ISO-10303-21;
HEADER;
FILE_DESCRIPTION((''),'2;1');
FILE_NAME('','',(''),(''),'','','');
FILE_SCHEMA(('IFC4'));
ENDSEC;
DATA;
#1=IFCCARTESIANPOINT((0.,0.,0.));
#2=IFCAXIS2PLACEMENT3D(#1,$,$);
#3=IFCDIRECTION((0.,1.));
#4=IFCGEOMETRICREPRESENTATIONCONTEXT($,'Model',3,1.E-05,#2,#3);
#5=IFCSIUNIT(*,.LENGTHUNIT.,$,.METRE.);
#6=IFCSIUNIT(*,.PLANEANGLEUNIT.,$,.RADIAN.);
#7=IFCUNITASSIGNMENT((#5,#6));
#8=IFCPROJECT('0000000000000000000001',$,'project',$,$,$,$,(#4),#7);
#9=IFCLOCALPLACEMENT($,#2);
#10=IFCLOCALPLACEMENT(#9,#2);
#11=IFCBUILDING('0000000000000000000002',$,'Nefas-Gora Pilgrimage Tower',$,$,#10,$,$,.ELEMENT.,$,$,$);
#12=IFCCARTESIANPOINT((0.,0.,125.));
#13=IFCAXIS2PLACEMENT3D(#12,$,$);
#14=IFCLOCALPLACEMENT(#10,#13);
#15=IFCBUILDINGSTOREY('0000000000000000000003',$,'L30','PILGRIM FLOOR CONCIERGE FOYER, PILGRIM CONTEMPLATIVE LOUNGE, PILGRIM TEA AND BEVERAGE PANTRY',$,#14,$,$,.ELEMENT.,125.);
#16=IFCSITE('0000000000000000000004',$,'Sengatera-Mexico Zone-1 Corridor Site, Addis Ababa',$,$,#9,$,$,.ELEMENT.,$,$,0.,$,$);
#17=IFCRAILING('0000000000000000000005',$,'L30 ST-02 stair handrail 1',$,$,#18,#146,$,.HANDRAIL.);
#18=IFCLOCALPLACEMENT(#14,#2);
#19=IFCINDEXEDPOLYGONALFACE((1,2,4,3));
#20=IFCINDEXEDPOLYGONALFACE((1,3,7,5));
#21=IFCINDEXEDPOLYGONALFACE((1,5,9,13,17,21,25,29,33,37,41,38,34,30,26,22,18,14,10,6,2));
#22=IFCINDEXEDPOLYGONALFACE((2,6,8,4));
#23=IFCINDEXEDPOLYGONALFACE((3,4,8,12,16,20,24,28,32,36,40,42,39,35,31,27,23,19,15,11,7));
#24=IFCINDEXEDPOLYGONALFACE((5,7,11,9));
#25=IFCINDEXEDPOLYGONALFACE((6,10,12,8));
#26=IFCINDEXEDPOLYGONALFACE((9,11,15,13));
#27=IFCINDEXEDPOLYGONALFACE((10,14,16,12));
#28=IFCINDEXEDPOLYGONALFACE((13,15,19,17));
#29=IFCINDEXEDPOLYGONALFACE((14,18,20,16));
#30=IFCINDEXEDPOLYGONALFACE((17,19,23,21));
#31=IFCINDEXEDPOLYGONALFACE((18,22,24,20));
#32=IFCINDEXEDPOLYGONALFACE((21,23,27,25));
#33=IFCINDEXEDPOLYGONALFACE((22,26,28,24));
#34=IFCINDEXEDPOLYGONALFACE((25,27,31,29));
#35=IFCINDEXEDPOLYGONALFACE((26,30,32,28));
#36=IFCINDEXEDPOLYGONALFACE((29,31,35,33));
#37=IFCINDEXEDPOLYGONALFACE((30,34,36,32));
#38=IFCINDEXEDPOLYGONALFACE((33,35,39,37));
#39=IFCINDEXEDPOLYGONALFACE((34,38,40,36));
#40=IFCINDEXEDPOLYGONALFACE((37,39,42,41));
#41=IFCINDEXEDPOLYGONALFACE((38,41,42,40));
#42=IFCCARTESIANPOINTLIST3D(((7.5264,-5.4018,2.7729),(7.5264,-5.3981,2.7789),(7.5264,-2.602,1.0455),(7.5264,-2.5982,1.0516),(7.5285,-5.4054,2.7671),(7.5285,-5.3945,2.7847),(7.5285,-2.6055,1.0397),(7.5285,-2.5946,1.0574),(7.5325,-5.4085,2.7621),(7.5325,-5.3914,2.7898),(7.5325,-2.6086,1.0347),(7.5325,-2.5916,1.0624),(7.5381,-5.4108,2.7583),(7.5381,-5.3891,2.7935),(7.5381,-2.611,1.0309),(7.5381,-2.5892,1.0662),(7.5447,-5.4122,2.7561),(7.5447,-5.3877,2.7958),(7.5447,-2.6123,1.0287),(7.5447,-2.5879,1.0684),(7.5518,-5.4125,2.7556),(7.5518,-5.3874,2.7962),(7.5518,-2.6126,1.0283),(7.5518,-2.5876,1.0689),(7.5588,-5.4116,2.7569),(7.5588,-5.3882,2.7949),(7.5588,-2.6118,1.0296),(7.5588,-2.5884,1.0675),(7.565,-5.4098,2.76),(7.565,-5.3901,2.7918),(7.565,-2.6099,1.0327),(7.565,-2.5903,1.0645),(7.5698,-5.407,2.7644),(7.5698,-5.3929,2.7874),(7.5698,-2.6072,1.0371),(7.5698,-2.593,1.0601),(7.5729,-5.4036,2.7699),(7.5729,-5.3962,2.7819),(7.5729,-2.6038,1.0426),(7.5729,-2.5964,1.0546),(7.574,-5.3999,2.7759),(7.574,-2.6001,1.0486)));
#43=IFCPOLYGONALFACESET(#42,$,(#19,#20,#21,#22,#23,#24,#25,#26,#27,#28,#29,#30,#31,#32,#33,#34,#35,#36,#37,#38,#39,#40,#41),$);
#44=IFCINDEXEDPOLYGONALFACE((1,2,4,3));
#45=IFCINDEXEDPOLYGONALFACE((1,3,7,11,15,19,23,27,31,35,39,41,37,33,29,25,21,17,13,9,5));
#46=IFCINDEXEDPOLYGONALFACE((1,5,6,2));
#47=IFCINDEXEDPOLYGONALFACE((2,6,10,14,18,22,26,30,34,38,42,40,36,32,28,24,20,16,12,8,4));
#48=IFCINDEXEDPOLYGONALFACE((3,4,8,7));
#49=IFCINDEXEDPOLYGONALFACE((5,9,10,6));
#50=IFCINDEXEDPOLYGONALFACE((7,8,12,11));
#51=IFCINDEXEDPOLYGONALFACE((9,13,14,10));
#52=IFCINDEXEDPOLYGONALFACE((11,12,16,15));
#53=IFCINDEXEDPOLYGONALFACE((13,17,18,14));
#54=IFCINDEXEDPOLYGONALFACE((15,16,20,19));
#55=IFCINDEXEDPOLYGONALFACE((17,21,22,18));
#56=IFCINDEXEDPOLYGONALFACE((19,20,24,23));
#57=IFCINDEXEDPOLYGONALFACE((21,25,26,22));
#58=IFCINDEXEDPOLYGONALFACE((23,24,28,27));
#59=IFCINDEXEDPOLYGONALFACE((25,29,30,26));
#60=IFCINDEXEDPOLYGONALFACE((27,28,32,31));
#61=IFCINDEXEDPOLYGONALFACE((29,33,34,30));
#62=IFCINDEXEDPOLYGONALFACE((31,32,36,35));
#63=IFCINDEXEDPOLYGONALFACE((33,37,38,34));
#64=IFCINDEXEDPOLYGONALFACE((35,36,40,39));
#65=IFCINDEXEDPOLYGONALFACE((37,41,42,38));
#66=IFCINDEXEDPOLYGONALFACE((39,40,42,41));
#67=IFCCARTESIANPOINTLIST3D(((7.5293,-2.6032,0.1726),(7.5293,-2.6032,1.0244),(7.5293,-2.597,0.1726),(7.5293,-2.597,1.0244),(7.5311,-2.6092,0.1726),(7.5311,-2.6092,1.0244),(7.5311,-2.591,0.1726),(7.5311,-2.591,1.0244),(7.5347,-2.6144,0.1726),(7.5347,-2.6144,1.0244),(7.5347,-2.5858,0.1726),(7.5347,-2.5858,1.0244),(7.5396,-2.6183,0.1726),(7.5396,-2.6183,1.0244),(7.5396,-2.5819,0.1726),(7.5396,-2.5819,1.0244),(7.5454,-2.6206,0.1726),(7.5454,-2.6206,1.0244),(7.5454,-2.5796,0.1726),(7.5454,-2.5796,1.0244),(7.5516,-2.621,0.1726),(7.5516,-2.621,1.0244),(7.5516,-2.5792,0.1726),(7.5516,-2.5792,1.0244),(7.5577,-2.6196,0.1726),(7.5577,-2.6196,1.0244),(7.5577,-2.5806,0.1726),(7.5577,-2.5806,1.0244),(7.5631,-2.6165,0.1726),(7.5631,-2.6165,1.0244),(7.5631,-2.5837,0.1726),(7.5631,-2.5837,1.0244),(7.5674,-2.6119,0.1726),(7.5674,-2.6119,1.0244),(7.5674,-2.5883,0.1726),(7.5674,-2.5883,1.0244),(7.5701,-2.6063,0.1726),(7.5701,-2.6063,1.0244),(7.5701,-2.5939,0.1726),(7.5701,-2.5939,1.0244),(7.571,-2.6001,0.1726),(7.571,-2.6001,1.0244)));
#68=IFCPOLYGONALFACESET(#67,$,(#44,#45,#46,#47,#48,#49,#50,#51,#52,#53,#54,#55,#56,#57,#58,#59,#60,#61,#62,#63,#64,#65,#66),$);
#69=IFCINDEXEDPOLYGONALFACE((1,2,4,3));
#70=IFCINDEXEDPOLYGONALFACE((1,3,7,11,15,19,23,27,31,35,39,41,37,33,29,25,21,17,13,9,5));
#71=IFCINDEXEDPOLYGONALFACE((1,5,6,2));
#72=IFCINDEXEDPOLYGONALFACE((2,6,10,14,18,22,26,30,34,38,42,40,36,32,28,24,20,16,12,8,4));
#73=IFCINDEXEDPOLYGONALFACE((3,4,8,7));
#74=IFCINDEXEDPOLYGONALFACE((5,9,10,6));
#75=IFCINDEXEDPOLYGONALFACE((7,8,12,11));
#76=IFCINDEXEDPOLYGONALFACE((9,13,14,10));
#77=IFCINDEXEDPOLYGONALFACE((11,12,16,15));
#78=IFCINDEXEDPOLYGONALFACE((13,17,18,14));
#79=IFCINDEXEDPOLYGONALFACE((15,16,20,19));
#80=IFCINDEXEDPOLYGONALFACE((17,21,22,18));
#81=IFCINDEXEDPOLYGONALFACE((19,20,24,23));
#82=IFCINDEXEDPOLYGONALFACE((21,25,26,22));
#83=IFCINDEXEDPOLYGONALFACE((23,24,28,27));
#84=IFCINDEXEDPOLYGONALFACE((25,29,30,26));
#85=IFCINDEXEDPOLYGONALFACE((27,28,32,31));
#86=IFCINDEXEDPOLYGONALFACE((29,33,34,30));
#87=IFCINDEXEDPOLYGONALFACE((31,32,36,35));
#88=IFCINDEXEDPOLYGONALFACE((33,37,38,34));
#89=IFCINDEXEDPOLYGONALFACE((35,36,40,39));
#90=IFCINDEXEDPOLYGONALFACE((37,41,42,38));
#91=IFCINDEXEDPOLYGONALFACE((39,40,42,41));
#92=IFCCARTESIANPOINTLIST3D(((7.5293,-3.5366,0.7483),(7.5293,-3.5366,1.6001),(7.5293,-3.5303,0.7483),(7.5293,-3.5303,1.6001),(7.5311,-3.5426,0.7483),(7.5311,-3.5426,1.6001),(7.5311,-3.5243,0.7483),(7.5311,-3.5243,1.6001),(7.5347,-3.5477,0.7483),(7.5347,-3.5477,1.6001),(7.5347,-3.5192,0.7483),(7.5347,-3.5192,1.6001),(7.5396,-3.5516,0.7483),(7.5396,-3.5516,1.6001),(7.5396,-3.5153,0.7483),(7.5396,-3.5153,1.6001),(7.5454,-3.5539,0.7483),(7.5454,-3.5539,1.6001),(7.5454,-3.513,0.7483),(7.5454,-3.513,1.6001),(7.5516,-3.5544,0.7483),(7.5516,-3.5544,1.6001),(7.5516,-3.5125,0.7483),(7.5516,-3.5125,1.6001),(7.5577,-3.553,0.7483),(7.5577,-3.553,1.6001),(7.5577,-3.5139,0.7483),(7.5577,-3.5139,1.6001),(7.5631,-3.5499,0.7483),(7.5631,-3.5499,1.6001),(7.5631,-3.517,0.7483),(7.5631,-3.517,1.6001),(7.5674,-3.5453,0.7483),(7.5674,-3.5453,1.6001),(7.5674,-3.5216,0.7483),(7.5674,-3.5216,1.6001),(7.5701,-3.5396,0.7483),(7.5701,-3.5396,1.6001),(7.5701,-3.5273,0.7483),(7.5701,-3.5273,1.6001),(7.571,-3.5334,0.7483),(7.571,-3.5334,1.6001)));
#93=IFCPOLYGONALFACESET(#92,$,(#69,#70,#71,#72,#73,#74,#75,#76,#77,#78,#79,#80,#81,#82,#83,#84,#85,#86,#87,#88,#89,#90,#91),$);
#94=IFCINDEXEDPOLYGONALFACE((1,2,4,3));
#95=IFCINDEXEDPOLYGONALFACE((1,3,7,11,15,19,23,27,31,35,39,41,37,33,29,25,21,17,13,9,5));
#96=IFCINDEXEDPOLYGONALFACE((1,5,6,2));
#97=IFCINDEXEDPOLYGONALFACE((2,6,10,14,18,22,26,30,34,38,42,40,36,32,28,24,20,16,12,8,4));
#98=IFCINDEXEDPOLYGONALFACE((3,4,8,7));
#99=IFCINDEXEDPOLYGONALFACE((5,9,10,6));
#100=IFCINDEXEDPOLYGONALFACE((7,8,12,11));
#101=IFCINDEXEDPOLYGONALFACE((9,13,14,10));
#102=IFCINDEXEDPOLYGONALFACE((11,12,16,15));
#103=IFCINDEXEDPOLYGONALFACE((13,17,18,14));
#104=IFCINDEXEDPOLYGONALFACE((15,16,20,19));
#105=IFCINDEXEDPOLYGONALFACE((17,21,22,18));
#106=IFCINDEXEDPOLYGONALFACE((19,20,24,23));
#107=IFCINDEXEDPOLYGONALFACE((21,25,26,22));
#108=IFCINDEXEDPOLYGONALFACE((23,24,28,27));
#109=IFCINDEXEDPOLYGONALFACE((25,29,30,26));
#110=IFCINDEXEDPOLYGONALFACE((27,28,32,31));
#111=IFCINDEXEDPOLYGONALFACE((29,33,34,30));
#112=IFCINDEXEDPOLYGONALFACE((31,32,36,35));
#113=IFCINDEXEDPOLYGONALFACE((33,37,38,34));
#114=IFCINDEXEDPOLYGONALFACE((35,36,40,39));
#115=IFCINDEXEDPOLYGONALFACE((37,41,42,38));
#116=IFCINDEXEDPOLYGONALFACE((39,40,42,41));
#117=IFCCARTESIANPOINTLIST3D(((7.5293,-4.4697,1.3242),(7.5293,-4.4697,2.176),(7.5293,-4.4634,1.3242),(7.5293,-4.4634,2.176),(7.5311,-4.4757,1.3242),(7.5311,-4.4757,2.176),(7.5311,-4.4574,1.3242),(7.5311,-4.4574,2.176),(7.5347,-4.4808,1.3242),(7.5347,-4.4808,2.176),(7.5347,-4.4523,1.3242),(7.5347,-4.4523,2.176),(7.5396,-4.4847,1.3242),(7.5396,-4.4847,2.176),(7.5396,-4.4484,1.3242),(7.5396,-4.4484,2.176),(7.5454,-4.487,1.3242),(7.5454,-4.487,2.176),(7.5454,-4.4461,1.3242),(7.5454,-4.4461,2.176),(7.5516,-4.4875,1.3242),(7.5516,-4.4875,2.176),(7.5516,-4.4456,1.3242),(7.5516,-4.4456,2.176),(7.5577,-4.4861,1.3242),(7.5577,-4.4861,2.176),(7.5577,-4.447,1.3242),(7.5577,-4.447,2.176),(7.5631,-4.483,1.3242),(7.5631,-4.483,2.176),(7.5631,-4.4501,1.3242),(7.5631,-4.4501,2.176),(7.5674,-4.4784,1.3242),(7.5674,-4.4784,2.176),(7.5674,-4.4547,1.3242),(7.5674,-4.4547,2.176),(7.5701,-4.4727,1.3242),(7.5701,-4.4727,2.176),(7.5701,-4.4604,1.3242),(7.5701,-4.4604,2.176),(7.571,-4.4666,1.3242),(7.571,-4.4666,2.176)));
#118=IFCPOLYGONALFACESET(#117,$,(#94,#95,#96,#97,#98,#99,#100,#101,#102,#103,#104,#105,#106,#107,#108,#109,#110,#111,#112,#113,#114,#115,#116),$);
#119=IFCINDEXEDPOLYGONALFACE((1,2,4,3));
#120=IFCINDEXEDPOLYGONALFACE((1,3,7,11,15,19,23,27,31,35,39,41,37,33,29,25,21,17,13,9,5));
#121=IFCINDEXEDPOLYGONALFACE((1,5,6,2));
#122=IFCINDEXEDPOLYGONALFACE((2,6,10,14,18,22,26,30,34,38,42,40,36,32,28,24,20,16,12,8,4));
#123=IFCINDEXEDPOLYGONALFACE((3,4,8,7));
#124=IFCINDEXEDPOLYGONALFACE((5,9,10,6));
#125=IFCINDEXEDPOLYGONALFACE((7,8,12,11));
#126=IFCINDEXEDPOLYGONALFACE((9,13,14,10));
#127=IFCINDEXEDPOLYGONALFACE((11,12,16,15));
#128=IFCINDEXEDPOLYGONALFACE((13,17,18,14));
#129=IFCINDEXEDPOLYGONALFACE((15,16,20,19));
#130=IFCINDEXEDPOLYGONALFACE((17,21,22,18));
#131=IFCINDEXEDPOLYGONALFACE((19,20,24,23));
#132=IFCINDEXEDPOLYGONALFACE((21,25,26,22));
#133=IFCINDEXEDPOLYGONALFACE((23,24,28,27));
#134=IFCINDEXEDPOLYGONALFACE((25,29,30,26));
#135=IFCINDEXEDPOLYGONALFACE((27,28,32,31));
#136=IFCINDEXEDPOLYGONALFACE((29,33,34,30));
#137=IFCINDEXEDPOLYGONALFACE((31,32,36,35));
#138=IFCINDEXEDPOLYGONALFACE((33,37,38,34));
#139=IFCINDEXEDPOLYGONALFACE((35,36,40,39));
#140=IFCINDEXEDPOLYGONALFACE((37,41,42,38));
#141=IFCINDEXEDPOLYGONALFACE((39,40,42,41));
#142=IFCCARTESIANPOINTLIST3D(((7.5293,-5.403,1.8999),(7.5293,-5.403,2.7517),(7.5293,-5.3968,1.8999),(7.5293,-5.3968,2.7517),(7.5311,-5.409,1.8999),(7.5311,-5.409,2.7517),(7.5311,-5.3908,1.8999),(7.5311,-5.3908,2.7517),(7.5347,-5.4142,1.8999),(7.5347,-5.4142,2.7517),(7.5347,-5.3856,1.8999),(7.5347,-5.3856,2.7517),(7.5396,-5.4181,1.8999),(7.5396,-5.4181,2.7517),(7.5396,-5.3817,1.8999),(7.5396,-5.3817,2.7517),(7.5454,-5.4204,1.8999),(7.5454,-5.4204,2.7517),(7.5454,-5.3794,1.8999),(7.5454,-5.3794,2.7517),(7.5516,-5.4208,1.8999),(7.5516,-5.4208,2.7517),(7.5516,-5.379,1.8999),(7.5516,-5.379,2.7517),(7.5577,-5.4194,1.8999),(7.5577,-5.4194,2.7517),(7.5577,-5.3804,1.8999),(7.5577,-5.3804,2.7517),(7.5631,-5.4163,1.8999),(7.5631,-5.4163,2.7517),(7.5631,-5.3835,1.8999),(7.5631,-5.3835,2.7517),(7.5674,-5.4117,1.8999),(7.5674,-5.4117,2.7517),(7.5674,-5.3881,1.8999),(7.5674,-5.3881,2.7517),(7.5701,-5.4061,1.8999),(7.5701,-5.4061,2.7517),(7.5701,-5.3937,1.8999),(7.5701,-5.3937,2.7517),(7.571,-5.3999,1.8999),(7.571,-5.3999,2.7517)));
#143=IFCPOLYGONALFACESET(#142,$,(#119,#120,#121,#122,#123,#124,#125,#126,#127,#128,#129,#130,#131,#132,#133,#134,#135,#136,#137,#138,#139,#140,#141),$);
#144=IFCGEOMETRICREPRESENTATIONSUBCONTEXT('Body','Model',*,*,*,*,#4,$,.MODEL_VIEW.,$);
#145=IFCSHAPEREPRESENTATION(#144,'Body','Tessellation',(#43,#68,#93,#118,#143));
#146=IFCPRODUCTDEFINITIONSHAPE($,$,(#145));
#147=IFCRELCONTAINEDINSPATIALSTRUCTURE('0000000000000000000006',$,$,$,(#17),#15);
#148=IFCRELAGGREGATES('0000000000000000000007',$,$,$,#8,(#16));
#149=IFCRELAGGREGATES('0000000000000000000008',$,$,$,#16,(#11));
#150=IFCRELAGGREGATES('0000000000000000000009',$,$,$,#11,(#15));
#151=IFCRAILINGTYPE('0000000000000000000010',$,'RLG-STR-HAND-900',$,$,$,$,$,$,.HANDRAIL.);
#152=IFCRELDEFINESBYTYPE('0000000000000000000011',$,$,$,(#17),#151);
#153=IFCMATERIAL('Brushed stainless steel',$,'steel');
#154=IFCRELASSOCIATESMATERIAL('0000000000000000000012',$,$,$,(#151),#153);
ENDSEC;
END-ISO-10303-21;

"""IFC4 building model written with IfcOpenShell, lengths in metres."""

from ifc_helpers import new_model, si_unit, direction, frame, origin, origin_2d, place, context, subcontext, project, spatial, circle, extrude, material, type_object, element, save


model = new_model("IFC4")

# Units and contexts
model_context = context("Model", 3, precision=1e-05, world=origin(), true_north=direction((0.0, 1.0)))
body_context = subcontext(model_context, "Body", "Model", "MODEL_VIEW")
ifc_project = project(units=[si_unit("LENGTHUNIT", "METRE"), si_unit("PLANEANGLEUNIT", "RADIAN")], contexts=[model_context])

# Site, building, storey
site_placement = place(None, origin())
site = spatial("IfcSite", under=ifc_project, at=site_placement, Name="Sengatera-Mexico Zone-1 Corridor Site, Addis Ababa", CompositionType="ELEMENT", RefElevation=0.0)
building_placement = place(site_placement, origin())
building = spatial("IfcBuilding", under=site, at=building_placement, Name="Nefas-Gora Pilgrimage Tower", CompositionType="ELEMENT")
storey_placement = place(building_placement, frame((0.0, 0.0, 125.0)))
storey = spatial("IfcBuildingStorey", under=building, at=storey_placement, Name="L30", Description="PILGRIM FLOOR CONCIERGE FOYER, PILGRIM CONTEMPLATIVE LOUNGE, PILGRIM TEA AND BEVERAGE PANTRY", CompositionType="ELEMENT", Elevation=125.0)

# Railing
ifc_material_1 = material(Name="Brushed stainless steel", Category="steel")
railing_type_1 = type_object("IfcRailingType", Name="RLG-STR-HAND-900", PredefinedType="HANDRAIL", material=ifc_material_1)
railing_1_placement = place(storey_placement, frame((7.55, -2.6001, 0.1726)))
element("IfcRailing", 1, at=railing_1_placement, inside=storey, type_object=railing_type_1, Name="L30 ST-02 stair handrail 1", PredefinedType="HANDRAIL", context=body_context, shape_type="SweptSolid", body=[
    extrude(circle(Radius=0.0239, at=origin_2d()), frame((0.0, 0.0, 0.876), z_axis=(0.0, -0.851069, 0.525054), x_axis=(1.0, 0.0, 0.0)), (0.0, 0.0, 1.0), 3.2898),
    extrude(circle(Radius=0.021, at=origin_2d()), origin(), (0.0, 0.0, 1.0), 0.8518),
    extrude(circle(Radius=0.021, at=origin_2d()), frame((0.0, -0.9333, 0.5757)), (0.0, 0.0, 1.0), 0.8518),
    extrude(circle(Radius=0.021, at=origin_2d()), frame((0.0, -1.8665, 1.1516)), (0.0, 0.0, 1.0), 0.8518),
    extrude(circle(Radius=0.021, at=origin_2d()), frame((0.0, -2.7998, 1.7273)), (0.0, 0.0, 1.0), 0.8518),
])

save(model, "model.ifc")
